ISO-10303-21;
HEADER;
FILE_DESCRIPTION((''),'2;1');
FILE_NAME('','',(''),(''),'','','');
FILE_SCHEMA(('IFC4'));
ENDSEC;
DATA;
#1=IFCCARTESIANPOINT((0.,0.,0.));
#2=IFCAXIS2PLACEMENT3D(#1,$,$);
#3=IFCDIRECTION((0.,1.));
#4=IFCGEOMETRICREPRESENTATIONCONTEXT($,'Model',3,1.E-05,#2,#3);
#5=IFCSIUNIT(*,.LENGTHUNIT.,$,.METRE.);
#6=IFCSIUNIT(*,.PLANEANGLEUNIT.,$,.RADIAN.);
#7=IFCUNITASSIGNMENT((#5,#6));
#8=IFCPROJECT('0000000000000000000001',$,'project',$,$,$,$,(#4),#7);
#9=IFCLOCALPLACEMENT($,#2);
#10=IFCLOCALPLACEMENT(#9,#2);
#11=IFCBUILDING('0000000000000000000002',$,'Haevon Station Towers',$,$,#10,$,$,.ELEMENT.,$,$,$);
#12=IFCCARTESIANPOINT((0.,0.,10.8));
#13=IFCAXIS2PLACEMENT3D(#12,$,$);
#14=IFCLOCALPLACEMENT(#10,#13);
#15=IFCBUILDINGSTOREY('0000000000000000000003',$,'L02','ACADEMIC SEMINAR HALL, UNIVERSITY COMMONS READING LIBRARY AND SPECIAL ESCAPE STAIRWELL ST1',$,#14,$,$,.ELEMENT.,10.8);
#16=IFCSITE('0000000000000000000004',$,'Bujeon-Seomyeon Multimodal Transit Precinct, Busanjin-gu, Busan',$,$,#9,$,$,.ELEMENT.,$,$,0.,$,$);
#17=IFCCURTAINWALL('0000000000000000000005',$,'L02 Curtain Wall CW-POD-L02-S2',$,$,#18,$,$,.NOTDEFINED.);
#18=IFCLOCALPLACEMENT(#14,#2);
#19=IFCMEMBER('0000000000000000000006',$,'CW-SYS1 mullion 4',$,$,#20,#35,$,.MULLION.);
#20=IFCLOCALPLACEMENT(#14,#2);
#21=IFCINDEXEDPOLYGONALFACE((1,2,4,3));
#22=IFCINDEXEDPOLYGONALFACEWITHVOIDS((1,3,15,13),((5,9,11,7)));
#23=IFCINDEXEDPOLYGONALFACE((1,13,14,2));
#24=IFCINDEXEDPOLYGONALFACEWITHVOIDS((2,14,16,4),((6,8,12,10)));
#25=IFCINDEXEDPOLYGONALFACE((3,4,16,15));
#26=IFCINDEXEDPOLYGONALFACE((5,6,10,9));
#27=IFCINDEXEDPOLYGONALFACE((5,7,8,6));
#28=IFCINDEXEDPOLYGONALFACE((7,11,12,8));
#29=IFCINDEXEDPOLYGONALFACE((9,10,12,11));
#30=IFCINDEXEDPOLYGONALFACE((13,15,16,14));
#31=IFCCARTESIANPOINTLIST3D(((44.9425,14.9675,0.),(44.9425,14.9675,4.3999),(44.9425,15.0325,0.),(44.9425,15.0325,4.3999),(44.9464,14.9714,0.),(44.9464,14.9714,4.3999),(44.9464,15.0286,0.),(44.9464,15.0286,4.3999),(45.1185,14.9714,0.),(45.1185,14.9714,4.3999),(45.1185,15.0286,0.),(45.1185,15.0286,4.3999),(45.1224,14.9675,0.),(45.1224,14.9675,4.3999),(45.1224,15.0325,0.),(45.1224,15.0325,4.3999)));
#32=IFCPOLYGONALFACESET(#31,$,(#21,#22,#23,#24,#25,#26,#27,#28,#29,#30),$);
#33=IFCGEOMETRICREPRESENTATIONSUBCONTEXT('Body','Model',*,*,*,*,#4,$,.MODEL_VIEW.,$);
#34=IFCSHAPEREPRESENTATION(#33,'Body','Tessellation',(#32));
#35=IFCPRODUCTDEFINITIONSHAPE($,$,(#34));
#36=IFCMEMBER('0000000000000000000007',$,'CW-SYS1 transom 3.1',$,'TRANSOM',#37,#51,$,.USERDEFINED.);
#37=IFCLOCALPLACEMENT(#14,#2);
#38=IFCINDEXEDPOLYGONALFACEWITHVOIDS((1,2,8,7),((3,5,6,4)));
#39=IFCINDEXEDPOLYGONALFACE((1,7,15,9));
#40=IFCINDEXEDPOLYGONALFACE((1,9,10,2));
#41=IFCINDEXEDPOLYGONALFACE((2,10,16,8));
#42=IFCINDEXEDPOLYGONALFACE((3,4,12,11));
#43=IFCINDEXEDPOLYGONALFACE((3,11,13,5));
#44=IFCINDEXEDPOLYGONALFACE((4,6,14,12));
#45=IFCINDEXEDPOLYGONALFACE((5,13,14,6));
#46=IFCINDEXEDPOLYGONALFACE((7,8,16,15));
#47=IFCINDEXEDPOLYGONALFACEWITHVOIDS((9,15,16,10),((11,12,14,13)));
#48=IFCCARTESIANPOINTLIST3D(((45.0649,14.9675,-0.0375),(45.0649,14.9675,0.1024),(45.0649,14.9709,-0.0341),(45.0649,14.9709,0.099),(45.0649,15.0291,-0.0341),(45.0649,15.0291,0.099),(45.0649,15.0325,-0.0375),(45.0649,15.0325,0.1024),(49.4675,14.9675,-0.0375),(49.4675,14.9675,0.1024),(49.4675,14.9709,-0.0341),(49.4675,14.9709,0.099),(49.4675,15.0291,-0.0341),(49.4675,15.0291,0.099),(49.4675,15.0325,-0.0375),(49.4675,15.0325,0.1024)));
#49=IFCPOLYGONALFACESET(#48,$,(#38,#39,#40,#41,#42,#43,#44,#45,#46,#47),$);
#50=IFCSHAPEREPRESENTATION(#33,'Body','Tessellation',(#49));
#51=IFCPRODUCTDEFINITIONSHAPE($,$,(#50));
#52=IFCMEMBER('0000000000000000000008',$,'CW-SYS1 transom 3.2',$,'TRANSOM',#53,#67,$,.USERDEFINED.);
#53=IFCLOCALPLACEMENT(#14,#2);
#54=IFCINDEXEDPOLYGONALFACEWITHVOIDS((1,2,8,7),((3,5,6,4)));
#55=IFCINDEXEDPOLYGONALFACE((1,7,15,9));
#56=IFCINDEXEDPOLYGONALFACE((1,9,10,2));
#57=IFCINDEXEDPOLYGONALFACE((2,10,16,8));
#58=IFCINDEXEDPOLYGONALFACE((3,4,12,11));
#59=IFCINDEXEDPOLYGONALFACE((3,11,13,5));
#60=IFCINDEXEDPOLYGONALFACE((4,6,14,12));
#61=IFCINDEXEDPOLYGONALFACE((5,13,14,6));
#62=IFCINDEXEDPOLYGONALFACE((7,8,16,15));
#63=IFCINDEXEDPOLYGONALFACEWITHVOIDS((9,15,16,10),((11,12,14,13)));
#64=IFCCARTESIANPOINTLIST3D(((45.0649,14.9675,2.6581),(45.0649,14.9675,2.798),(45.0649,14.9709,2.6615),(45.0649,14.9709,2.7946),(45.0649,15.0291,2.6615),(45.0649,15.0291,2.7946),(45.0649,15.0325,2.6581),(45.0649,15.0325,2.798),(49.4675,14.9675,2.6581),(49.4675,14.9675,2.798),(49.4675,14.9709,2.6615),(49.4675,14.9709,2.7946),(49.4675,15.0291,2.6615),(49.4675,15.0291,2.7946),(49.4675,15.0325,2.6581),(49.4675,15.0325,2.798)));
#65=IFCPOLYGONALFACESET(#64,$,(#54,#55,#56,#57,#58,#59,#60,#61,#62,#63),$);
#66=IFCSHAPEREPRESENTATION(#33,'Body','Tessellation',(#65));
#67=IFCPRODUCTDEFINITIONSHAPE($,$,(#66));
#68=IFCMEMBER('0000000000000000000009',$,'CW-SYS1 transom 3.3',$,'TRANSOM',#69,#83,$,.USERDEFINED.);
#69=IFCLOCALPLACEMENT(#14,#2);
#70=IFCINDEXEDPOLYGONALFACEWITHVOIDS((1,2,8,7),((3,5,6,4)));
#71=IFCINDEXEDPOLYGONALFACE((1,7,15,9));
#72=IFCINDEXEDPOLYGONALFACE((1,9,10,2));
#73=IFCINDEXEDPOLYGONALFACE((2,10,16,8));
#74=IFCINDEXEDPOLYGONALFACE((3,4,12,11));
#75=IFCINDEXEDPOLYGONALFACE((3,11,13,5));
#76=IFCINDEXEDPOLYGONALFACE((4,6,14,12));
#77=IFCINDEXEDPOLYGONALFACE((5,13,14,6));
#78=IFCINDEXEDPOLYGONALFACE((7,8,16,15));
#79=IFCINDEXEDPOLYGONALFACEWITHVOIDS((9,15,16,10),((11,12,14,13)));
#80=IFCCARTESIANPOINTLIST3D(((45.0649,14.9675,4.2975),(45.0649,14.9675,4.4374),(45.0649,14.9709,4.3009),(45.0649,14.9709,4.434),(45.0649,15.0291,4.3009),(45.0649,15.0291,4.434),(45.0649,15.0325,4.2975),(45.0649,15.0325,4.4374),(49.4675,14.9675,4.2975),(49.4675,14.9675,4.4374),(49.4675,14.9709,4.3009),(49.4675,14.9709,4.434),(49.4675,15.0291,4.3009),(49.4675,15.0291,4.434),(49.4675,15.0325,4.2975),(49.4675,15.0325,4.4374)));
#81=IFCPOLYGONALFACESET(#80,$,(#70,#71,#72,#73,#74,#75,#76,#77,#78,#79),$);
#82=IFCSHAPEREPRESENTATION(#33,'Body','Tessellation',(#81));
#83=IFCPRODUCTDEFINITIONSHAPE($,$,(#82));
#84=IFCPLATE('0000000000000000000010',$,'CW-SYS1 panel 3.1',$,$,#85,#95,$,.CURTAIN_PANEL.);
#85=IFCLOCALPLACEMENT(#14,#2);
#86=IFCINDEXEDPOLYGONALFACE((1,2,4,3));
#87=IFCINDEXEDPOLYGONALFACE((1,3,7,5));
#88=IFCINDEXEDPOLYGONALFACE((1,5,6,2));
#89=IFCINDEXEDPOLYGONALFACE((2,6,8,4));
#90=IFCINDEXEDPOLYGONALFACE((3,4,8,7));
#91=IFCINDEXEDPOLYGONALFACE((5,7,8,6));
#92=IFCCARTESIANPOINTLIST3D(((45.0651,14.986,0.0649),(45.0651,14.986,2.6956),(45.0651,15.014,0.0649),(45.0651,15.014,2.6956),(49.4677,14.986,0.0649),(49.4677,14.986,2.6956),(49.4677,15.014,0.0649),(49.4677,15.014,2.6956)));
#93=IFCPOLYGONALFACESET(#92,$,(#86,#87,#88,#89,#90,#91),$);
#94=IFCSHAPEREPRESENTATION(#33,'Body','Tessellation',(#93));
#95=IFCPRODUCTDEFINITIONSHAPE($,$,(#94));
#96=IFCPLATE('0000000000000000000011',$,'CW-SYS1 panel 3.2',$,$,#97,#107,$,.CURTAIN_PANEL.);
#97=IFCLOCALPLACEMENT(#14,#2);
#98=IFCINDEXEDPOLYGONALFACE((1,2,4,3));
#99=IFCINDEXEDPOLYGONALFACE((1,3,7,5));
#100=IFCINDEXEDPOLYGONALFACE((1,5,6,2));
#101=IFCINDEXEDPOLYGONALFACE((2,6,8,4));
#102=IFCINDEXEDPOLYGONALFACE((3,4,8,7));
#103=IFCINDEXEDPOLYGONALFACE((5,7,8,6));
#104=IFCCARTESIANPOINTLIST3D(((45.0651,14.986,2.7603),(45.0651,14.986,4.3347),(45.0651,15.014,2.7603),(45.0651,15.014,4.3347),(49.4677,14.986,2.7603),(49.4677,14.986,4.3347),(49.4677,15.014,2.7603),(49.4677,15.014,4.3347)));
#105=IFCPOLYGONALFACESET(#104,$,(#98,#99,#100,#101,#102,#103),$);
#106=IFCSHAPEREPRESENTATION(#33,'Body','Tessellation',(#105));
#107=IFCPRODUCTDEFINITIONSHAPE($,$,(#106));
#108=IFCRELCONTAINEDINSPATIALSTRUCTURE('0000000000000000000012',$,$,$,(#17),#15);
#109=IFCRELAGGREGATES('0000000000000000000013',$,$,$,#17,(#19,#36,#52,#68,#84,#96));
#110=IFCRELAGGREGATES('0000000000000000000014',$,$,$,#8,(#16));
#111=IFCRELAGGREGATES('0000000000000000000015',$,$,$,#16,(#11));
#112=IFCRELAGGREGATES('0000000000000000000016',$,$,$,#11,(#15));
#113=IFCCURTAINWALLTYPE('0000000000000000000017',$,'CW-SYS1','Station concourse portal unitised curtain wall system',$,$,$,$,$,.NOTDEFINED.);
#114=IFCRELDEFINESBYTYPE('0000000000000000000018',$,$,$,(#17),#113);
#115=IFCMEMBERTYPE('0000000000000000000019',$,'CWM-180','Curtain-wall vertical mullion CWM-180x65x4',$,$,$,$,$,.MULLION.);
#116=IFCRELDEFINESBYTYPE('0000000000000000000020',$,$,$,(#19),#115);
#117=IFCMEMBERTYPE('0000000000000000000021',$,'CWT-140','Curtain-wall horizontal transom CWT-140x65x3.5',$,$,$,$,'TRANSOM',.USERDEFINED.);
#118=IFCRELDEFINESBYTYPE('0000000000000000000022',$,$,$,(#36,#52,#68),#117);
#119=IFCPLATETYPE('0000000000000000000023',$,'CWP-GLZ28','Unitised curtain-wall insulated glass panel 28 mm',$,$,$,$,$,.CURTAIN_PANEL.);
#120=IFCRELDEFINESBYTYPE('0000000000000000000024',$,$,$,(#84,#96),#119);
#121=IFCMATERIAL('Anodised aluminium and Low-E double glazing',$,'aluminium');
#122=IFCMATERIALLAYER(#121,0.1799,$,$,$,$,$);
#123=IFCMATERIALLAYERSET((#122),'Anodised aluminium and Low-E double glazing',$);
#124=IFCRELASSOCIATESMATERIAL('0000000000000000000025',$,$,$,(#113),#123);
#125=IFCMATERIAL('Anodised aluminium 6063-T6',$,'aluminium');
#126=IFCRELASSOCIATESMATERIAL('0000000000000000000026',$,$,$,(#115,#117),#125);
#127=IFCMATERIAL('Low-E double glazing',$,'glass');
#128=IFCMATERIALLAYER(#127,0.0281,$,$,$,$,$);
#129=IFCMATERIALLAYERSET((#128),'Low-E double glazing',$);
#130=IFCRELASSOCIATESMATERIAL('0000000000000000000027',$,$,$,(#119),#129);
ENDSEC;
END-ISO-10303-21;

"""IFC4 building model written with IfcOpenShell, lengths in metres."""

from ifc_helpers import new_model, si_unit, direction, frame, origin, origin_2d, place, context, subcontext, project, spatial, rectangle, hollow_rectangle, extrude, material, layer, layer_set, material_profile, profile_set, type_object, element, aggregate, save


model = new_model("IFC4")

# Units and contexts
model_context = context("Model", 3, precision=1e-05, world=origin(), true_north=direction((0.0, 1.0)))
body_context = subcontext(model_context, "Body", "Model", "MODEL_VIEW")
ifc_project = project(units=[si_unit("LENGTHUNIT", "METRE"), si_unit("PLANEANGLEUNIT", "RADIAN")], contexts=[model_context])

# Site, building, storey
site_placement = place(None, origin())
site = spatial("IfcSite", under=ifc_project, at=site_placement, Name="Bujeon-Seomyeon Multimodal Transit Precinct, Busanjin-gu, Busan", CompositionType="ELEMENT", RefElevation=0.0)
building_placement = place(site_placement, origin())
building = spatial("IfcBuilding", under=site, at=building_placement, Name="Haevon Station Towers", CompositionType="ELEMENT")
storey_placement = place(building_placement, frame((0.0, 0.0, 10.8)))
storey = spatial("IfcBuildingStorey", under=building, at=storey_placement, Name="L02", Description="ACADEMIC SEMINAR HALL, UNIVERSITY COMMONS READING LIBRARY AND SPECIAL ESCAPE STAIRWELL ST1", CompositionType="ELEMENT", Elevation=10.8)

# Curtain wall, members, plates
ifc_material_1 = material(Name="Anodised aluminium and Low-E double glazing", Category="aluminium")
ifc_layer_1 = layer(ifc_material_1, 0.1799)
ifc_layer_set_1 = layer_set([ifc_layer_1], Name="Anodised aluminium and Low-E double glazing")
curtain_wall_type = type_object("IfcCurtainWallType", Name="CW-SYS1", Description="Station concourse portal unitised curtain wall system", PredefinedType="NOTDEFINED", material=ifc_layer_set_1)
curtain_wall_placement = place(storey_placement, origin())
curtain_wall = element("IfcCurtainWall", 1, at=curtain_wall_placement, inside=storey, type_object=curtain_wall_type, Name="L02 Curtain Wall CW-POD-L02-S2", PredefinedType="NOTDEFINED")
ifc_material_2 = material(Name="Anodised aluminium 6063-T6", Category="aluminium")
ifc_material_profile_1 = material_profile(ifc_material_2, hollow_rectangle(XDim=0.0649, YDim=0.1799, WallThickness=0.0039, at=origin_2d()), Name="CWM-180x65x4")
ifc_profile_set_1 = profile_set([ifc_material_profile_1], Name="Anodised aluminium 6063-T6")
member_type_1 = type_object("IfcMemberType", Name="CWM-180", Description="Curtain-wall vertical mullion CWM-180x65x4", PredefinedType="MULLION", material=ifc_profile_set_1)
member_1_placement = place(storey_placement, frame((45.0325, 15.0, 0.0), z_axis=(0.0, 0.0, 1.0), x_axis=(0.0, -1.0, 0.0)))
member_1 = element("IfcMember", 2, at=member_1_placement, type_object=member_type_1, Name="CW-SYS1 mullion 4", PredefinedType="MULLION", context=body_context, shape_type="SweptSolid", body=[
    extrude(hollow_rectangle(XDim=0.0649, YDim=0.1799, WallThickness=0.0039, at=origin_2d()), origin(), (0.0, 0.0, 1.0), 4.3999),
])
ifc_material_profile_2 = material_profile(ifc_material_2, hollow_rectangle(XDim=0.0649, YDim=0.1399, WallThickness=0.0034, at=origin_2d()), Name="CWT-140x65x3.5")
ifc_profile_set_2 = profile_set([ifc_material_profile_2], Name="Anodised aluminium 6063-T6")
member_type_2 = type_object("IfcMemberType", Name="CWT-140", Description="Curtain-wall horizontal transom CWT-140x65x3.5", ElementType="TRANSOM", PredefinedType="USERDEFINED", material=ifc_profile_set_2)
member_2_placement = place(storey_placement, frame((49.4675, 15.0, 0.0325), z_axis=(-1.0, 0.0, 0.0), x_axis=(0.0, -1.0, 0.0)))
member_2 = element("IfcMember", 3, at=member_2_placement, type_object=member_type_2, Name="CW-SYS1 transom 3.1", ObjectType="TRANSOM", PredefinedType="USERDEFINED", context=body_context, shape_type="SweptSolid", body=[
    extrude(hollow_rectangle(XDim=0.0649, YDim=0.1399, WallThickness=0.0034, at=origin_2d()), origin(), (0.0, 0.0, 1.0), 4.4026),
])
member_3_placement = place(storey_placement, frame((49.4675, 15.0, 2.728), z_axis=(-1.0, 0.0, 0.0), x_axis=(0.0, -1.0, 0.0)))
member_3 = element("IfcMember", 4, at=member_3_placement, type_object=member_type_2, Name="CW-SYS1 transom 3.2", ObjectType="TRANSOM", PredefinedType="USERDEFINED", context=body_context, shape_type="SweptSolid", body=[
    extrude(hollow_rectangle(XDim=0.0649, YDim=0.1399, WallThickness=0.0034, at=origin_2d()), origin(), (0.0, 0.0, 1.0), 4.4026),
])
member_4_placement = place(storey_placement, frame((49.4675, 15.0, 4.3674), z_axis=(-1.0, 0.0, 0.0), x_axis=(0.0, -1.0, 0.0)))
member_4 = element("IfcMember", 5, at=member_4_placement, type_object=member_type_2, Name="CW-SYS1 transom 3.3", ObjectType="TRANSOM", PredefinedType="USERDEFINED", context=body_context, shape_type="SweptSolid", body=[
    extrude(hollow_rectangle(XDim=0.0649, YDim=0.1399, WallThickness=0.0034, at=origin_2d()), origin(), (0.0, 0.0, 1.0), 4.4026),
])
ifc_material_3 = material(Name="Low-E double glazing", Category="glass")
ifc_layer_2 = layer(ifc_material_3, 0.0281)
ifc_layer_set_2 = layer_set([ifc_layer_2], Name="Low-E double glazing")
plate_type = type_object("IfcPlateType", Name="CWP-GLZ28", Description="Unitised curtain-wall insulated glass panel 28 mm", PredefinedType="CURTAIN_PANEL", material=ifc_layer_set_2)
plate_1_placement = place(storey_placement, frame((47.2664, 15.0, 0.0649), z_axis=(0.0, 0.0, 1.0), x_axis=(-1.0, 0.0, 0.0)))
plate_1 = element("IfcPlate", 6, at=plate_1_placement, type_object=plate_type, Name="CW-SYS1 panel 3.1", PredefinedType="CURTAIN_PANEL", context=body_context, shape_type="SweptSolid", body=[
    extrude(rectangle(XDim=4.4026, YDim=0.0281, at=origin_2d()), origin(), (0.0, 0.0, 1.0), 2.6306),
])
plate_2_placement = place(storey_placement, frame((47.2664, 15.0, 2.7603), z_axis=(0.0, 0.0, 1.0), x_axis=(-1.0, 0.0, 0.0)))
plate_2 = element("IfcPlate", 7, at=plate_2_placement, type_object=plate_type, Name="CW-SYS1 panel 3.2", PredefinedType="CURTAIN_PANEL", context=body_context, shape_type="SweptSolid", body=[
    extrude(rectangle(XDim=4.4026, YDim=0.0281, at=origin_2d()), origin(), (0.0, 0.0, 1.0), 1.5745),
])
aggregate(curtain_wall, [member_1, member_2, member_3, member_4, plate_1, plate_2])

save(model, "model.ifc")
